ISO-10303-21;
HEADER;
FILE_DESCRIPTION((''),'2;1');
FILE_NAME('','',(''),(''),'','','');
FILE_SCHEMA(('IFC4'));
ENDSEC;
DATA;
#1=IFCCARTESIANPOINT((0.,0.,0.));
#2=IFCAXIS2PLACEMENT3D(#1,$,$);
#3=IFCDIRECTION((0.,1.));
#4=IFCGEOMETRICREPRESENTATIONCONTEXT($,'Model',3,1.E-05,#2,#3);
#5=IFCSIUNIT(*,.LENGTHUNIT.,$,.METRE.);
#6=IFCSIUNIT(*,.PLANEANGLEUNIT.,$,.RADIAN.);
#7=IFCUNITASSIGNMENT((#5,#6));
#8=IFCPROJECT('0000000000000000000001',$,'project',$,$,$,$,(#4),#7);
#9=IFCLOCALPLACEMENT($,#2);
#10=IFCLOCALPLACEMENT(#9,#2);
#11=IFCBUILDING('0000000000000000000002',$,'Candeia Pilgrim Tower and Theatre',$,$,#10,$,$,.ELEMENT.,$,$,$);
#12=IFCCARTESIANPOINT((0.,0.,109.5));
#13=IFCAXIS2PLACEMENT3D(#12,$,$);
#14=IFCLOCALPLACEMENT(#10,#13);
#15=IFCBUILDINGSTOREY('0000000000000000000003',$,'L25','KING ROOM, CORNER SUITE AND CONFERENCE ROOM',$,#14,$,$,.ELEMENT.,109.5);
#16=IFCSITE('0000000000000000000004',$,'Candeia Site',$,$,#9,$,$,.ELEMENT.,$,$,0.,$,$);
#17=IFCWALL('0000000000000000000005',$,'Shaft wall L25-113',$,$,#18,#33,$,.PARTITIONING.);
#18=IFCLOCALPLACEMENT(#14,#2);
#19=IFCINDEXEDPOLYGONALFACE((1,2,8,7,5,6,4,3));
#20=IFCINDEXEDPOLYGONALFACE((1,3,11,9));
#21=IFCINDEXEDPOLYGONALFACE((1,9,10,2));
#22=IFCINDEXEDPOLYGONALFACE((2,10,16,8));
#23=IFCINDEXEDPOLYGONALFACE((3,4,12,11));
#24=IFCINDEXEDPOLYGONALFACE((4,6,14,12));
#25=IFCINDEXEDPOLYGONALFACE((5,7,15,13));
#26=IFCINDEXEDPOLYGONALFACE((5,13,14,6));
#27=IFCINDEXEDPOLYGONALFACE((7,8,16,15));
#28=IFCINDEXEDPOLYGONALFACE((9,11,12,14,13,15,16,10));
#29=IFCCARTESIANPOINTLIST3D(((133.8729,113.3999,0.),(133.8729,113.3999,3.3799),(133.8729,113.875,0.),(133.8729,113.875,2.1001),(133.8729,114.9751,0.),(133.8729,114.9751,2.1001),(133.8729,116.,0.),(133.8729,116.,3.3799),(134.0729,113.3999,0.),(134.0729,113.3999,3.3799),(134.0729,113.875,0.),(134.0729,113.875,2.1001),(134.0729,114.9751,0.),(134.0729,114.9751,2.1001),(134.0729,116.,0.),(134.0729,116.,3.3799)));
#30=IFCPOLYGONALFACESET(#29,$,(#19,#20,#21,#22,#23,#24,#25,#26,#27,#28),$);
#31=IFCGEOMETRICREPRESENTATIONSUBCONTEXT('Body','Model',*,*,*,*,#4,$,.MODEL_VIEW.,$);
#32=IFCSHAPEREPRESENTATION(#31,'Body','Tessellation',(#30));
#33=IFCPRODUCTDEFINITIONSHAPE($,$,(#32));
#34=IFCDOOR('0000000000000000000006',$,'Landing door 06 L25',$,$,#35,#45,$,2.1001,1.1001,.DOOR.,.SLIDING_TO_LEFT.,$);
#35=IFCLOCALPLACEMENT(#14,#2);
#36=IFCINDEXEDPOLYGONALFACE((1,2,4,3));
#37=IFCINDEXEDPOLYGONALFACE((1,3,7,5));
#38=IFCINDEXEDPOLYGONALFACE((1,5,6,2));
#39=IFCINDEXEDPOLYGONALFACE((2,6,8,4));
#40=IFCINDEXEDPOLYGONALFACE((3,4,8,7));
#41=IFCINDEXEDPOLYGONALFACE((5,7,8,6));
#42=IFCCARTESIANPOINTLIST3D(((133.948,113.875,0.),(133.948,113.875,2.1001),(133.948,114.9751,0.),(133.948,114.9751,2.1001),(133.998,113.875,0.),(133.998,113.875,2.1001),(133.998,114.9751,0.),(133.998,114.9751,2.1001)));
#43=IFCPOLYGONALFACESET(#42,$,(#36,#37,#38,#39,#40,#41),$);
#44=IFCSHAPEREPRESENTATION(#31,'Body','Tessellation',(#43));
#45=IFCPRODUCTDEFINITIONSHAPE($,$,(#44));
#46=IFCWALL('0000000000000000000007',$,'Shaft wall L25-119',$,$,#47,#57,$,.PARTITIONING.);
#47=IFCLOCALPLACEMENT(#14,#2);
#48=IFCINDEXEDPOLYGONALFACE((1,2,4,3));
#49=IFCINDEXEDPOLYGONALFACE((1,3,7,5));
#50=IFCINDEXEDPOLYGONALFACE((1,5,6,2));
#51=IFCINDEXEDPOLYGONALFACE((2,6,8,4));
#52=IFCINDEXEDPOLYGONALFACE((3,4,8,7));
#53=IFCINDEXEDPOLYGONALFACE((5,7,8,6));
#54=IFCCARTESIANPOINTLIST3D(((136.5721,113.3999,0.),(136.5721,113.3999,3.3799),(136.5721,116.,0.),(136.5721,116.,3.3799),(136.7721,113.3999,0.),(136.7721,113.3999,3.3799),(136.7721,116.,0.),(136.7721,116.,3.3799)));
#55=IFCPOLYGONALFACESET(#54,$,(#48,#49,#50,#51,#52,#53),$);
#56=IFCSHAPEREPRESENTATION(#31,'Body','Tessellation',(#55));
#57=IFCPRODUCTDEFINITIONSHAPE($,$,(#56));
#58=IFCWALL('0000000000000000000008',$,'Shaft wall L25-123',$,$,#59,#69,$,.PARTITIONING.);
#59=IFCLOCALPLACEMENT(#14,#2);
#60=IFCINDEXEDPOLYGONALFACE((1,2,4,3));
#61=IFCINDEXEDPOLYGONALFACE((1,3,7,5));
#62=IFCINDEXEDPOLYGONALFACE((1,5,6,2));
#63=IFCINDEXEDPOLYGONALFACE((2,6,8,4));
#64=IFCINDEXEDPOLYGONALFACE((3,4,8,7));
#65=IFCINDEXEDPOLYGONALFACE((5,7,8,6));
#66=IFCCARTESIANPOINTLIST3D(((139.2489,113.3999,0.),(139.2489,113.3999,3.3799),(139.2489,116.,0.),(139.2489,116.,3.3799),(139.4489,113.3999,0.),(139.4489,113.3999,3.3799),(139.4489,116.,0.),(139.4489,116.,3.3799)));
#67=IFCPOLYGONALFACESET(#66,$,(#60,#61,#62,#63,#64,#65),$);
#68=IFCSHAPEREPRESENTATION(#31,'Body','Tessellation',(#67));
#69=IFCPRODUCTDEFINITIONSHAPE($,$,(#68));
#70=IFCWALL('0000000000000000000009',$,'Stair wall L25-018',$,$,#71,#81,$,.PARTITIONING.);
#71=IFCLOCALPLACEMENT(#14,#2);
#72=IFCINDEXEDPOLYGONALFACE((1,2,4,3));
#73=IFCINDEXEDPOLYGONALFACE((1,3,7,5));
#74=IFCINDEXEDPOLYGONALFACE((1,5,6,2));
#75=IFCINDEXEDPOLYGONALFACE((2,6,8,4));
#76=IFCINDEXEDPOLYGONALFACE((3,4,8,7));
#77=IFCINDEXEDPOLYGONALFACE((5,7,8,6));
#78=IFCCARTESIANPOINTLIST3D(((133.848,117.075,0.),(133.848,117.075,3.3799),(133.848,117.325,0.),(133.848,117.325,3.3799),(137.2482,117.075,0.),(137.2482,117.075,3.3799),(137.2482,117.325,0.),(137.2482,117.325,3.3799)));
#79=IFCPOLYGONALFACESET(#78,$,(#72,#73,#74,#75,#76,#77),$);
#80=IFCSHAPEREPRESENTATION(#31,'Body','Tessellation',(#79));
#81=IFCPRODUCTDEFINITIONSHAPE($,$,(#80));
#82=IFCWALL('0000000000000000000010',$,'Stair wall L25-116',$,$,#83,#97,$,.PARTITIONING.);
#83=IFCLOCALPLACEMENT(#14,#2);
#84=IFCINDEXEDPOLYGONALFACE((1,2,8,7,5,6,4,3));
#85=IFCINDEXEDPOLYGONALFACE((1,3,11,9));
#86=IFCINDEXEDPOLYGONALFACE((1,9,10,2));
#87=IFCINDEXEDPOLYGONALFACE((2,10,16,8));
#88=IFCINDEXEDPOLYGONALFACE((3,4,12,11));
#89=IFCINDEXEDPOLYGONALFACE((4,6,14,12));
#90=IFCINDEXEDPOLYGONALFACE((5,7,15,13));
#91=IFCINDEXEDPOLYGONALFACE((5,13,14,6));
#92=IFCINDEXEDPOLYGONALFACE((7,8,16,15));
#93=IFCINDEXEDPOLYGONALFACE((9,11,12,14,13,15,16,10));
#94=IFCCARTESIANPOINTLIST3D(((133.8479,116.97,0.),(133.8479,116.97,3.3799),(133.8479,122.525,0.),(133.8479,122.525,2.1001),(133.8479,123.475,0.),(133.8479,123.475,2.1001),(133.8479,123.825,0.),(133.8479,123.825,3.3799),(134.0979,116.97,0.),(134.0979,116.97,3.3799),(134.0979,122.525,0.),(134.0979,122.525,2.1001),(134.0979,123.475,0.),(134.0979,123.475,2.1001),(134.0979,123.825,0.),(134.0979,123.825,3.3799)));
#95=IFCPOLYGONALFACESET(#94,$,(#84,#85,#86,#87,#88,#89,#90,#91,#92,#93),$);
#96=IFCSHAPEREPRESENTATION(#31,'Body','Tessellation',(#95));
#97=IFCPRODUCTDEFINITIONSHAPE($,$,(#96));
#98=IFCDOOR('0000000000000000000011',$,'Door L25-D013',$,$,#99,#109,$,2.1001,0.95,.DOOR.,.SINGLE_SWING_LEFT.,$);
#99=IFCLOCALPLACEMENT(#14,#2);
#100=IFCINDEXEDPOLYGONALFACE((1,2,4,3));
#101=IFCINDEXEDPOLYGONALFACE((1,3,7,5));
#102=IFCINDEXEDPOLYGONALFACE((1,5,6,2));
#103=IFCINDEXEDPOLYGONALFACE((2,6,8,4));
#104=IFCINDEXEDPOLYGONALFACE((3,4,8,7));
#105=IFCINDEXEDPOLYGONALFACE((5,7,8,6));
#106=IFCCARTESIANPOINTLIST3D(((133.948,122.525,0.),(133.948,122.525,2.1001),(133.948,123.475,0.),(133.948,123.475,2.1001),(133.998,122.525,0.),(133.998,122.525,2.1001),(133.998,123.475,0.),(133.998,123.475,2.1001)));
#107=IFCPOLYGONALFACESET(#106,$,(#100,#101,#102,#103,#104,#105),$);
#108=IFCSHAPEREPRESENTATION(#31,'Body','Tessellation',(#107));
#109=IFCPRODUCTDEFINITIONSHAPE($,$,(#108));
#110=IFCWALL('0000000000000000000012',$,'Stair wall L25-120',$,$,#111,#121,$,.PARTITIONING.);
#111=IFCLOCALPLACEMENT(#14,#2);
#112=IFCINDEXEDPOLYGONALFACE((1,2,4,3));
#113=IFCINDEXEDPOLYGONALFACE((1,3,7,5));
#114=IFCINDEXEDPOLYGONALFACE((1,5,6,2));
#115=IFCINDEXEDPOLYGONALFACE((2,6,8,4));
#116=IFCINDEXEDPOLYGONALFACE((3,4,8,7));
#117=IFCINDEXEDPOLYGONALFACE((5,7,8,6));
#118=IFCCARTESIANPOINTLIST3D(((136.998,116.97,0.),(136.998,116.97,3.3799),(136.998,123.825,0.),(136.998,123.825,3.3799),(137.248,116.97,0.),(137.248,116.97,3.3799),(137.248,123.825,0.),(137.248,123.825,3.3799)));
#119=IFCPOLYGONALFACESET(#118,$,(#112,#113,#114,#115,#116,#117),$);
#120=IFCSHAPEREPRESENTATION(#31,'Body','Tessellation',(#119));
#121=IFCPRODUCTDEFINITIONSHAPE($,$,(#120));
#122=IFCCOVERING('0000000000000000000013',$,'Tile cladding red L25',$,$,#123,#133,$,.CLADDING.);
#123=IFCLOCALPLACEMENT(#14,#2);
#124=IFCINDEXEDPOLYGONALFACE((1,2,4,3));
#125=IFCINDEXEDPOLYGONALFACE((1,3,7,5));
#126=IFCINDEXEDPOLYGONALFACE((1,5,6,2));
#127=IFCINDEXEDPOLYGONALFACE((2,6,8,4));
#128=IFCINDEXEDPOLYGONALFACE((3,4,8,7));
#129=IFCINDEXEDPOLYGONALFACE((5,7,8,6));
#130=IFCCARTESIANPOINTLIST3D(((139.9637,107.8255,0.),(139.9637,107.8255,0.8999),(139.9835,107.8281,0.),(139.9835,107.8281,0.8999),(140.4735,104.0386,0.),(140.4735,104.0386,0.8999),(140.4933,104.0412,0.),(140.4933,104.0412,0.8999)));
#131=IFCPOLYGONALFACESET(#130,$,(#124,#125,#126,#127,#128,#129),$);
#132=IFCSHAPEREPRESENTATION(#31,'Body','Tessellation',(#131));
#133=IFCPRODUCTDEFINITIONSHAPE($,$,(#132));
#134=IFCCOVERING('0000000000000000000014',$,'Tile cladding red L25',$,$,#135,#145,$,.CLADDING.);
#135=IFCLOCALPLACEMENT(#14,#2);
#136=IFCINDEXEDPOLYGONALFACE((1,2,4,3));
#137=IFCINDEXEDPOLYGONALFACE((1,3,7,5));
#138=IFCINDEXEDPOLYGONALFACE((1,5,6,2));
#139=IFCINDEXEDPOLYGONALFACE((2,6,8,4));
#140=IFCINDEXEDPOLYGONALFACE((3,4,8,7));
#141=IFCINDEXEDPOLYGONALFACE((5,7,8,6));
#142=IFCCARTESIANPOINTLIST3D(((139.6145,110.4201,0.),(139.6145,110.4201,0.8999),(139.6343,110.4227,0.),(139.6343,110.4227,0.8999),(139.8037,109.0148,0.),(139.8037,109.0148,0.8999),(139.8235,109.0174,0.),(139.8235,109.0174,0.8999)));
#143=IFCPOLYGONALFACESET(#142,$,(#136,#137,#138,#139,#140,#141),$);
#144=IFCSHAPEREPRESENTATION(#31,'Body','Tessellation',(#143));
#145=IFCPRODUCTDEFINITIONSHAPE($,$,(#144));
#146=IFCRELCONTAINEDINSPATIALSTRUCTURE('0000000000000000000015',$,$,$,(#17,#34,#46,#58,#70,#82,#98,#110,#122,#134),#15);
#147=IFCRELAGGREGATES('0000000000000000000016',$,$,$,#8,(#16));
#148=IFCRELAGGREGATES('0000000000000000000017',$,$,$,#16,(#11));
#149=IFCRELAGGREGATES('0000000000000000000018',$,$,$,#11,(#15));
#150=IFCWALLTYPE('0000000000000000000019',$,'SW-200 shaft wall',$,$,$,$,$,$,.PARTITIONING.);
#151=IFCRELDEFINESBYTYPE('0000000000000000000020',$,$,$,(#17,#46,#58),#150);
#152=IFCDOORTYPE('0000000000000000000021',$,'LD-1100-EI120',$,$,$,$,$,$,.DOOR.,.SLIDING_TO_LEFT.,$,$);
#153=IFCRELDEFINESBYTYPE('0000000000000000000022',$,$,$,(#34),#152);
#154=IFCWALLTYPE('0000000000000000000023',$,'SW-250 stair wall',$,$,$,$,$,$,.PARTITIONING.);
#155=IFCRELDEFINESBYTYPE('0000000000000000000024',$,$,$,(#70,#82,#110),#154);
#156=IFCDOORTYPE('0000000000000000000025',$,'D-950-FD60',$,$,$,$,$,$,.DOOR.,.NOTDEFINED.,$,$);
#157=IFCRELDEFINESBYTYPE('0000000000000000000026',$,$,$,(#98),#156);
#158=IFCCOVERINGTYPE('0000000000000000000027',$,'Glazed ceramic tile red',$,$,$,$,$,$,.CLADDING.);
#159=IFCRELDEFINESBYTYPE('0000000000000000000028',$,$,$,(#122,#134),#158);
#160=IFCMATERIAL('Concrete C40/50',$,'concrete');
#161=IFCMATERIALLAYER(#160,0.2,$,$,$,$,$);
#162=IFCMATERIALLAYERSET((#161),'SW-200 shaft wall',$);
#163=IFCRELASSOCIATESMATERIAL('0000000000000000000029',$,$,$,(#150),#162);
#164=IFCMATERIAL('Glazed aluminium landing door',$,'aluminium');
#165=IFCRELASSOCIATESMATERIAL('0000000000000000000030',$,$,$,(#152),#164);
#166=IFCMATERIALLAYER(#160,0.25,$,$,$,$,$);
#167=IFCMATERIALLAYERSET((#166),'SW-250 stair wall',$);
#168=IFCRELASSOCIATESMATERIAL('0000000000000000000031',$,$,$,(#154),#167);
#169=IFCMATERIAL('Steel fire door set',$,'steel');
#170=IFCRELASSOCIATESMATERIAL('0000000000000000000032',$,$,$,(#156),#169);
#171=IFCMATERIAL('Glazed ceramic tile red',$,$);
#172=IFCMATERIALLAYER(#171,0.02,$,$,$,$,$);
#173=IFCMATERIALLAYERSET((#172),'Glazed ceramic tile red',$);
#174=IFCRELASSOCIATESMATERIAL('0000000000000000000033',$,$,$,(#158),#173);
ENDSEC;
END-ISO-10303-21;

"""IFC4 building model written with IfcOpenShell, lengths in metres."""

from ifc_helpers import new_model, si_unit, direction, frame, frame_2d, origin, origin_2d, place, context, subcontext, project, spatial, rectangle, extrude, material, layer, layer_set, type_object, element, fill, save


model = new_model("IFC4")

# Units and contexts
model_context = context("Model", 3, precision=1e-05, world=origin(), true_north=direction((0.0, 1.0)))
body_context = subcontext(model_context, "Body", "Model", "MODEL_VIEW")
ifc_project = project(units=[si_unit("LENGTHUNIT", "METRE"), si_unit("PLANEANGLEUNIT", "RADIAN")], contexts=[model_context])

# Site, building, storey
site_placement = place(None, origin())
site = spatial("IfcSite", under=ifc_project, at=site_placement, Name="Candeia Site", CompositionType="ELEMENT", RefElevation=0.0)
building_placement = place(site_placement, origin())
building = spatial("IfcBuilding", under=site, at=building_placement, Name="Candeia Pilgrim Tower and Theatre", CompositionType="ELEMENT")
storey_placement = place(building_placement, frame((0.0, 0.0, 109.5)))
storey = spatial("IfcBuildingStorey", under=building, at=storey_placement, Name="L25", Description="KING ROOM, CORNER SUITE AND CONFERENCE ROOM", CompositionType="ELEMENT", Elevation=109.5)

# Shared definitions
ifc_material_1 = material(Name="Steel fire door set", Category="steel")

# Wall, opening, door
ifc_material_2 = material(Name="Concrete C40/50", Category="concrete")
ifc_layer_1 = layer(ifc_material_2, 0.2)
ifc_layer_set_1 = layer_set([ifc_layer_1], Name="SW-200 shaft wall")
wall_type_1 = type_object("IfcWallType", Name="SW-200 shaft wall", PredefinedType="PARTITIONING", material=ifc_layer_set_1)
wall_1_placement = place(storey_placement, frame((133.9729, 113.3999, 0.0), z_axis=(0.0, 0.0, 1.0), x_axis=(0.0, 1.0, 0.0)))
wall_1 = element("IfcWall", 1, at=wall_1_placement, inside=storey, type_object=wall_type_1, Name="Shaft wall L25-113", PredefinedType="PARTITIONING", context=body_context, shape_type="SweptSolid", body=[
    extrude(rectangle(XDim=2.6001, YDim=0.2, at=frame_2d((1.3, 0.0))), origin(), (0.0, 0.0, 1.0), 3.3799),
])
opening_1_placement = place(wall_1_placement, frame((0.4751, 0.0, 0.0)))
opening_1 = element("IfcOpeningElement", 2, at=opening_1_placement, cuts=wall_1, PredefinedType="OPENING", context=body_context, shape_type="SweptSolid", body=[
    extrude(rectangle(XDim=1.1001, YDim=2.1001, at=frame_2d((0.55, 1.05))), frame((0.0, 0.1099, 0.0), z_axis=(0.0, -1.0, 0.0), x_axis=(1.0, 0.0, 0.0)), (0.0, 0.0, 1.0), 0.22),
])
ifc_material_3 = material(Name="Glazed aluminium landing door", Category="aluminium")
door_type_1 = type_object("IfcDoorType", Name="LD-1100-EI120", OperationType="SLIDING_TO_LEFT", PredefinedType="DOOR", material=ifc_material_3)
door_1_placement = place(opening_1_placement, origin())
door_1 = element("IfcDoor", 3, at=door_1_placement, inside=storey, type_object=door_type_1, Name="Landing door 06 L25", OperationType="SLIDING_TO_LEFT", OverallHeight=2.1001, OverallWidth=1.1001, PredefinedType="DOOR", context=body_context, shape_type="SweptSolid", body=[
    extrude(rectangle(XDim=1.1001, YDim=2.1001, at=frame_2d((0.55, 1.05))), frame((0.0, 0.0249, 0.0), z_axis=(0.0, -1.0, 0.0), x_axis=(1.0, 0.0, 0.0)), (0.0, 0.0, 1.0), 0.05),
])
fill(opening_1, door_1)

# Walls
for number, where, z_axis, x_axis, name in (
    (4, (136.6721, 113.3999, 0.0), (0.0, 0.0, 1.0), (0.0, 1.0, 0.0), "Shaft wall L25-119"),
    (5, (139.3489, 113.3999, 0.0), (0.0, 0.0, 1.0), (0.0, 1.0, 0.0), "Shaft wall L25-123"),
):
    element("IfcWall", number, at=place(storey_placement, frame(where, z_axis=z_axis, x_axis=x_axis)), inside=storey, type_object=wall_type_1, Name=name, PredefinedType="PARTITIONING", context=body_context, shape_type="SweptSolid", body=[
        extrude(rectangle(XDim=2.6001, YDim=0.2, at=frame_2d((1.3, 0.0))), origin(), (0.0, 0.0, 1.0), 3.3799),
    ])
ifc_layer_2 = layer(ifc_material_2, 0.25)
ifc_layer_set_2 = layer_set([ifc_layer_2], Name="SW-250 stair wall")
wall_type_2 = type_object("IfcWallType", Name="SW-250 stair wall", PredefinedType="PARTITIONING", material=ifc_layer_set_2)
wall_2_placement = place(storey_placement, frame((133.8479, 117.2, 0.0), z_axis=(0.0, 0.0, 1.0), x_axis=(1.0, 0.0, 0.0)))
element("IfcWall", 6, at=wall_2_placement, inside=storey, type_object=wall_type_2, Name="Stair wall L25-018", PredefinedType="PARTITIONING", context=body_context, shape_type="SweptSolid", body=[
    extrude(rectangle(XDim=3.4001, YDim=0.25, at=frame_2d((1.7002, 0.0))), origin(), (0.0, 0.0, 1.0), 3.3799),
])

# Wall, opening, door
wall_3_placement = place(storey_placement, frame((133.9729, 116.97, 0.0), z_axis=(0.0, 0.0, 1.0), x_axis=(0.0, 1.0, 0.0)))
wall_3 = element("IfcWall", 7, at=wall_3_placement, inside=storey, type_object=wall_type_2, Name="Stair wall L25-116", PredefinedType="PARTITIONING", context=body_context, shape_type="SweptSolid", body=[
    extrude(rectangle(XDim=6.855, YDim=0.25, at=frame_2d((3.4275, 0.0))), origin(), (0.0, 0.0, 1.0), 3.3799),
])
opening_2_placement = place(wall_3_placement, frame((5.5549, 0.0, 0.0)))
opening_2 = element("IfcOpeningElement", 8, at=opening_2_placement, cuts=wall_3, PredefinedType="OPENING", context=body_context, shape_type="SweptSolid", body=[
    extrude(rectangle(XDim=0.95, YDim=2.1001, at=frame_2d((0.4751, 1.05))), frame((0.0, 0.135, 0.0), z_axis=(0.0, -1.0, 0.0), x_axis=(1.0, 0.0, 0.0)), (0.0, 0.0, 1.0), 0.27),
])
door_type_2 = type_object("IfcDoorType", Name="D-950-FD60", OperationType="NOTDEFINED", PredefinedType="DOOR", material=ifc_material_1)
door_2_placement = place(opening_2_placement, origin())
door_2 = element("IfcDoor", 9, at=door_2_placement, inside=storey, type_object=door_type_2, Name="Door L25-D013", OperationType="SINGLE_SWING_LEFT", OverallHeight=2.1001, OverallWidth=0.95, PredefinedType="DOOR", context=body_context, shape_type="SweptSolid", body=[
    extrude(rectangle(XDim=0.95, YDim=2.1001, at=frame_2d((0.4751, 1.05))), frame((0.0, 0.0249, 0.0), z_axis=(0.0, -1.0, 0.0), x_axis=(1.0, 0.0, 0.0)), (0.0, 0.0, 1.0), 0.05),
])
fill(opening_2, door_2)

# Wall
wall_4_placement = place(storey_placement, frame((137.123, 116.97, 0.0), z_axis=(0.0, 0.0, 1.0), x_axis=(0.0, 1.0, 0.0)))
element("IfcWall", 10, at=wall_4_placement, inside=storey, type_object=wall_type_2, Name="Stair wall L25-120", PredefinedType="PARTITIONING", context=body_context, shape_type="SweptSolid", body=[
    extrude(rectangle(XDim=6.855, YDim=0.25, at=frame_2d((3.4275, 0.0))), origin(), (0.0, 0.0, 1.0), 3.3799),
])

# Coverings
ifc_material_4 = material(Name="Glazed ceramic tile red")
ifc_layer_3 = layer(ifc_material_4, 0.02)
ifc_layer_set_3 = layer_set([ifc_layer_3], Name="Glazed ceramic tile red")
covering_type = type_object("IfcCoveringType", Name="Glazed ceramic tile red", PredefinedType="CLADDING", material=ifc_layer_set_3)
covering_1_placement = place(storey_placement, frame((140.2285, 105.9333, 0.0), z_axis=(0.0, 0.0, 1.0), x_axis=(-0.133412, 0.991061, 0.0)))
element("IfcCovering", 11, at=covering_1_placement, inside=storey, type_object=covering_type, Name="Tile cladding red L25", PredefinedType="CLADDING", context=body_context, shape_type="SweptSolid", body=[
    extrude(rectangle(XDim=3.821, YDim=0.02, at=origin_2d()), origin(), (0.0, 0.0, 1.0), 0.8999),
])
covering_2_placement = place(storey_placement, frame((139.719, 109.7188, 0.0), z_axis=(0.0, 0.0, 1.0), x_axis=(-0.133412, 0.991061, 0.0)))
element("IfcCovering", 12, at=covering_2_placement, inside=storey, type_object=covering_type, Name="Tile cladding red L25", PredefinedType="CLADDING", context=body_context, shape_type="SweptSolid", body=[
    extrude(rectangle(XDim=1.418, YDim=0.02, at=origin_2d()), origin(), (0.0, 0.0, 1.0), 0.8999),
])

save(model, "model.ifc")
